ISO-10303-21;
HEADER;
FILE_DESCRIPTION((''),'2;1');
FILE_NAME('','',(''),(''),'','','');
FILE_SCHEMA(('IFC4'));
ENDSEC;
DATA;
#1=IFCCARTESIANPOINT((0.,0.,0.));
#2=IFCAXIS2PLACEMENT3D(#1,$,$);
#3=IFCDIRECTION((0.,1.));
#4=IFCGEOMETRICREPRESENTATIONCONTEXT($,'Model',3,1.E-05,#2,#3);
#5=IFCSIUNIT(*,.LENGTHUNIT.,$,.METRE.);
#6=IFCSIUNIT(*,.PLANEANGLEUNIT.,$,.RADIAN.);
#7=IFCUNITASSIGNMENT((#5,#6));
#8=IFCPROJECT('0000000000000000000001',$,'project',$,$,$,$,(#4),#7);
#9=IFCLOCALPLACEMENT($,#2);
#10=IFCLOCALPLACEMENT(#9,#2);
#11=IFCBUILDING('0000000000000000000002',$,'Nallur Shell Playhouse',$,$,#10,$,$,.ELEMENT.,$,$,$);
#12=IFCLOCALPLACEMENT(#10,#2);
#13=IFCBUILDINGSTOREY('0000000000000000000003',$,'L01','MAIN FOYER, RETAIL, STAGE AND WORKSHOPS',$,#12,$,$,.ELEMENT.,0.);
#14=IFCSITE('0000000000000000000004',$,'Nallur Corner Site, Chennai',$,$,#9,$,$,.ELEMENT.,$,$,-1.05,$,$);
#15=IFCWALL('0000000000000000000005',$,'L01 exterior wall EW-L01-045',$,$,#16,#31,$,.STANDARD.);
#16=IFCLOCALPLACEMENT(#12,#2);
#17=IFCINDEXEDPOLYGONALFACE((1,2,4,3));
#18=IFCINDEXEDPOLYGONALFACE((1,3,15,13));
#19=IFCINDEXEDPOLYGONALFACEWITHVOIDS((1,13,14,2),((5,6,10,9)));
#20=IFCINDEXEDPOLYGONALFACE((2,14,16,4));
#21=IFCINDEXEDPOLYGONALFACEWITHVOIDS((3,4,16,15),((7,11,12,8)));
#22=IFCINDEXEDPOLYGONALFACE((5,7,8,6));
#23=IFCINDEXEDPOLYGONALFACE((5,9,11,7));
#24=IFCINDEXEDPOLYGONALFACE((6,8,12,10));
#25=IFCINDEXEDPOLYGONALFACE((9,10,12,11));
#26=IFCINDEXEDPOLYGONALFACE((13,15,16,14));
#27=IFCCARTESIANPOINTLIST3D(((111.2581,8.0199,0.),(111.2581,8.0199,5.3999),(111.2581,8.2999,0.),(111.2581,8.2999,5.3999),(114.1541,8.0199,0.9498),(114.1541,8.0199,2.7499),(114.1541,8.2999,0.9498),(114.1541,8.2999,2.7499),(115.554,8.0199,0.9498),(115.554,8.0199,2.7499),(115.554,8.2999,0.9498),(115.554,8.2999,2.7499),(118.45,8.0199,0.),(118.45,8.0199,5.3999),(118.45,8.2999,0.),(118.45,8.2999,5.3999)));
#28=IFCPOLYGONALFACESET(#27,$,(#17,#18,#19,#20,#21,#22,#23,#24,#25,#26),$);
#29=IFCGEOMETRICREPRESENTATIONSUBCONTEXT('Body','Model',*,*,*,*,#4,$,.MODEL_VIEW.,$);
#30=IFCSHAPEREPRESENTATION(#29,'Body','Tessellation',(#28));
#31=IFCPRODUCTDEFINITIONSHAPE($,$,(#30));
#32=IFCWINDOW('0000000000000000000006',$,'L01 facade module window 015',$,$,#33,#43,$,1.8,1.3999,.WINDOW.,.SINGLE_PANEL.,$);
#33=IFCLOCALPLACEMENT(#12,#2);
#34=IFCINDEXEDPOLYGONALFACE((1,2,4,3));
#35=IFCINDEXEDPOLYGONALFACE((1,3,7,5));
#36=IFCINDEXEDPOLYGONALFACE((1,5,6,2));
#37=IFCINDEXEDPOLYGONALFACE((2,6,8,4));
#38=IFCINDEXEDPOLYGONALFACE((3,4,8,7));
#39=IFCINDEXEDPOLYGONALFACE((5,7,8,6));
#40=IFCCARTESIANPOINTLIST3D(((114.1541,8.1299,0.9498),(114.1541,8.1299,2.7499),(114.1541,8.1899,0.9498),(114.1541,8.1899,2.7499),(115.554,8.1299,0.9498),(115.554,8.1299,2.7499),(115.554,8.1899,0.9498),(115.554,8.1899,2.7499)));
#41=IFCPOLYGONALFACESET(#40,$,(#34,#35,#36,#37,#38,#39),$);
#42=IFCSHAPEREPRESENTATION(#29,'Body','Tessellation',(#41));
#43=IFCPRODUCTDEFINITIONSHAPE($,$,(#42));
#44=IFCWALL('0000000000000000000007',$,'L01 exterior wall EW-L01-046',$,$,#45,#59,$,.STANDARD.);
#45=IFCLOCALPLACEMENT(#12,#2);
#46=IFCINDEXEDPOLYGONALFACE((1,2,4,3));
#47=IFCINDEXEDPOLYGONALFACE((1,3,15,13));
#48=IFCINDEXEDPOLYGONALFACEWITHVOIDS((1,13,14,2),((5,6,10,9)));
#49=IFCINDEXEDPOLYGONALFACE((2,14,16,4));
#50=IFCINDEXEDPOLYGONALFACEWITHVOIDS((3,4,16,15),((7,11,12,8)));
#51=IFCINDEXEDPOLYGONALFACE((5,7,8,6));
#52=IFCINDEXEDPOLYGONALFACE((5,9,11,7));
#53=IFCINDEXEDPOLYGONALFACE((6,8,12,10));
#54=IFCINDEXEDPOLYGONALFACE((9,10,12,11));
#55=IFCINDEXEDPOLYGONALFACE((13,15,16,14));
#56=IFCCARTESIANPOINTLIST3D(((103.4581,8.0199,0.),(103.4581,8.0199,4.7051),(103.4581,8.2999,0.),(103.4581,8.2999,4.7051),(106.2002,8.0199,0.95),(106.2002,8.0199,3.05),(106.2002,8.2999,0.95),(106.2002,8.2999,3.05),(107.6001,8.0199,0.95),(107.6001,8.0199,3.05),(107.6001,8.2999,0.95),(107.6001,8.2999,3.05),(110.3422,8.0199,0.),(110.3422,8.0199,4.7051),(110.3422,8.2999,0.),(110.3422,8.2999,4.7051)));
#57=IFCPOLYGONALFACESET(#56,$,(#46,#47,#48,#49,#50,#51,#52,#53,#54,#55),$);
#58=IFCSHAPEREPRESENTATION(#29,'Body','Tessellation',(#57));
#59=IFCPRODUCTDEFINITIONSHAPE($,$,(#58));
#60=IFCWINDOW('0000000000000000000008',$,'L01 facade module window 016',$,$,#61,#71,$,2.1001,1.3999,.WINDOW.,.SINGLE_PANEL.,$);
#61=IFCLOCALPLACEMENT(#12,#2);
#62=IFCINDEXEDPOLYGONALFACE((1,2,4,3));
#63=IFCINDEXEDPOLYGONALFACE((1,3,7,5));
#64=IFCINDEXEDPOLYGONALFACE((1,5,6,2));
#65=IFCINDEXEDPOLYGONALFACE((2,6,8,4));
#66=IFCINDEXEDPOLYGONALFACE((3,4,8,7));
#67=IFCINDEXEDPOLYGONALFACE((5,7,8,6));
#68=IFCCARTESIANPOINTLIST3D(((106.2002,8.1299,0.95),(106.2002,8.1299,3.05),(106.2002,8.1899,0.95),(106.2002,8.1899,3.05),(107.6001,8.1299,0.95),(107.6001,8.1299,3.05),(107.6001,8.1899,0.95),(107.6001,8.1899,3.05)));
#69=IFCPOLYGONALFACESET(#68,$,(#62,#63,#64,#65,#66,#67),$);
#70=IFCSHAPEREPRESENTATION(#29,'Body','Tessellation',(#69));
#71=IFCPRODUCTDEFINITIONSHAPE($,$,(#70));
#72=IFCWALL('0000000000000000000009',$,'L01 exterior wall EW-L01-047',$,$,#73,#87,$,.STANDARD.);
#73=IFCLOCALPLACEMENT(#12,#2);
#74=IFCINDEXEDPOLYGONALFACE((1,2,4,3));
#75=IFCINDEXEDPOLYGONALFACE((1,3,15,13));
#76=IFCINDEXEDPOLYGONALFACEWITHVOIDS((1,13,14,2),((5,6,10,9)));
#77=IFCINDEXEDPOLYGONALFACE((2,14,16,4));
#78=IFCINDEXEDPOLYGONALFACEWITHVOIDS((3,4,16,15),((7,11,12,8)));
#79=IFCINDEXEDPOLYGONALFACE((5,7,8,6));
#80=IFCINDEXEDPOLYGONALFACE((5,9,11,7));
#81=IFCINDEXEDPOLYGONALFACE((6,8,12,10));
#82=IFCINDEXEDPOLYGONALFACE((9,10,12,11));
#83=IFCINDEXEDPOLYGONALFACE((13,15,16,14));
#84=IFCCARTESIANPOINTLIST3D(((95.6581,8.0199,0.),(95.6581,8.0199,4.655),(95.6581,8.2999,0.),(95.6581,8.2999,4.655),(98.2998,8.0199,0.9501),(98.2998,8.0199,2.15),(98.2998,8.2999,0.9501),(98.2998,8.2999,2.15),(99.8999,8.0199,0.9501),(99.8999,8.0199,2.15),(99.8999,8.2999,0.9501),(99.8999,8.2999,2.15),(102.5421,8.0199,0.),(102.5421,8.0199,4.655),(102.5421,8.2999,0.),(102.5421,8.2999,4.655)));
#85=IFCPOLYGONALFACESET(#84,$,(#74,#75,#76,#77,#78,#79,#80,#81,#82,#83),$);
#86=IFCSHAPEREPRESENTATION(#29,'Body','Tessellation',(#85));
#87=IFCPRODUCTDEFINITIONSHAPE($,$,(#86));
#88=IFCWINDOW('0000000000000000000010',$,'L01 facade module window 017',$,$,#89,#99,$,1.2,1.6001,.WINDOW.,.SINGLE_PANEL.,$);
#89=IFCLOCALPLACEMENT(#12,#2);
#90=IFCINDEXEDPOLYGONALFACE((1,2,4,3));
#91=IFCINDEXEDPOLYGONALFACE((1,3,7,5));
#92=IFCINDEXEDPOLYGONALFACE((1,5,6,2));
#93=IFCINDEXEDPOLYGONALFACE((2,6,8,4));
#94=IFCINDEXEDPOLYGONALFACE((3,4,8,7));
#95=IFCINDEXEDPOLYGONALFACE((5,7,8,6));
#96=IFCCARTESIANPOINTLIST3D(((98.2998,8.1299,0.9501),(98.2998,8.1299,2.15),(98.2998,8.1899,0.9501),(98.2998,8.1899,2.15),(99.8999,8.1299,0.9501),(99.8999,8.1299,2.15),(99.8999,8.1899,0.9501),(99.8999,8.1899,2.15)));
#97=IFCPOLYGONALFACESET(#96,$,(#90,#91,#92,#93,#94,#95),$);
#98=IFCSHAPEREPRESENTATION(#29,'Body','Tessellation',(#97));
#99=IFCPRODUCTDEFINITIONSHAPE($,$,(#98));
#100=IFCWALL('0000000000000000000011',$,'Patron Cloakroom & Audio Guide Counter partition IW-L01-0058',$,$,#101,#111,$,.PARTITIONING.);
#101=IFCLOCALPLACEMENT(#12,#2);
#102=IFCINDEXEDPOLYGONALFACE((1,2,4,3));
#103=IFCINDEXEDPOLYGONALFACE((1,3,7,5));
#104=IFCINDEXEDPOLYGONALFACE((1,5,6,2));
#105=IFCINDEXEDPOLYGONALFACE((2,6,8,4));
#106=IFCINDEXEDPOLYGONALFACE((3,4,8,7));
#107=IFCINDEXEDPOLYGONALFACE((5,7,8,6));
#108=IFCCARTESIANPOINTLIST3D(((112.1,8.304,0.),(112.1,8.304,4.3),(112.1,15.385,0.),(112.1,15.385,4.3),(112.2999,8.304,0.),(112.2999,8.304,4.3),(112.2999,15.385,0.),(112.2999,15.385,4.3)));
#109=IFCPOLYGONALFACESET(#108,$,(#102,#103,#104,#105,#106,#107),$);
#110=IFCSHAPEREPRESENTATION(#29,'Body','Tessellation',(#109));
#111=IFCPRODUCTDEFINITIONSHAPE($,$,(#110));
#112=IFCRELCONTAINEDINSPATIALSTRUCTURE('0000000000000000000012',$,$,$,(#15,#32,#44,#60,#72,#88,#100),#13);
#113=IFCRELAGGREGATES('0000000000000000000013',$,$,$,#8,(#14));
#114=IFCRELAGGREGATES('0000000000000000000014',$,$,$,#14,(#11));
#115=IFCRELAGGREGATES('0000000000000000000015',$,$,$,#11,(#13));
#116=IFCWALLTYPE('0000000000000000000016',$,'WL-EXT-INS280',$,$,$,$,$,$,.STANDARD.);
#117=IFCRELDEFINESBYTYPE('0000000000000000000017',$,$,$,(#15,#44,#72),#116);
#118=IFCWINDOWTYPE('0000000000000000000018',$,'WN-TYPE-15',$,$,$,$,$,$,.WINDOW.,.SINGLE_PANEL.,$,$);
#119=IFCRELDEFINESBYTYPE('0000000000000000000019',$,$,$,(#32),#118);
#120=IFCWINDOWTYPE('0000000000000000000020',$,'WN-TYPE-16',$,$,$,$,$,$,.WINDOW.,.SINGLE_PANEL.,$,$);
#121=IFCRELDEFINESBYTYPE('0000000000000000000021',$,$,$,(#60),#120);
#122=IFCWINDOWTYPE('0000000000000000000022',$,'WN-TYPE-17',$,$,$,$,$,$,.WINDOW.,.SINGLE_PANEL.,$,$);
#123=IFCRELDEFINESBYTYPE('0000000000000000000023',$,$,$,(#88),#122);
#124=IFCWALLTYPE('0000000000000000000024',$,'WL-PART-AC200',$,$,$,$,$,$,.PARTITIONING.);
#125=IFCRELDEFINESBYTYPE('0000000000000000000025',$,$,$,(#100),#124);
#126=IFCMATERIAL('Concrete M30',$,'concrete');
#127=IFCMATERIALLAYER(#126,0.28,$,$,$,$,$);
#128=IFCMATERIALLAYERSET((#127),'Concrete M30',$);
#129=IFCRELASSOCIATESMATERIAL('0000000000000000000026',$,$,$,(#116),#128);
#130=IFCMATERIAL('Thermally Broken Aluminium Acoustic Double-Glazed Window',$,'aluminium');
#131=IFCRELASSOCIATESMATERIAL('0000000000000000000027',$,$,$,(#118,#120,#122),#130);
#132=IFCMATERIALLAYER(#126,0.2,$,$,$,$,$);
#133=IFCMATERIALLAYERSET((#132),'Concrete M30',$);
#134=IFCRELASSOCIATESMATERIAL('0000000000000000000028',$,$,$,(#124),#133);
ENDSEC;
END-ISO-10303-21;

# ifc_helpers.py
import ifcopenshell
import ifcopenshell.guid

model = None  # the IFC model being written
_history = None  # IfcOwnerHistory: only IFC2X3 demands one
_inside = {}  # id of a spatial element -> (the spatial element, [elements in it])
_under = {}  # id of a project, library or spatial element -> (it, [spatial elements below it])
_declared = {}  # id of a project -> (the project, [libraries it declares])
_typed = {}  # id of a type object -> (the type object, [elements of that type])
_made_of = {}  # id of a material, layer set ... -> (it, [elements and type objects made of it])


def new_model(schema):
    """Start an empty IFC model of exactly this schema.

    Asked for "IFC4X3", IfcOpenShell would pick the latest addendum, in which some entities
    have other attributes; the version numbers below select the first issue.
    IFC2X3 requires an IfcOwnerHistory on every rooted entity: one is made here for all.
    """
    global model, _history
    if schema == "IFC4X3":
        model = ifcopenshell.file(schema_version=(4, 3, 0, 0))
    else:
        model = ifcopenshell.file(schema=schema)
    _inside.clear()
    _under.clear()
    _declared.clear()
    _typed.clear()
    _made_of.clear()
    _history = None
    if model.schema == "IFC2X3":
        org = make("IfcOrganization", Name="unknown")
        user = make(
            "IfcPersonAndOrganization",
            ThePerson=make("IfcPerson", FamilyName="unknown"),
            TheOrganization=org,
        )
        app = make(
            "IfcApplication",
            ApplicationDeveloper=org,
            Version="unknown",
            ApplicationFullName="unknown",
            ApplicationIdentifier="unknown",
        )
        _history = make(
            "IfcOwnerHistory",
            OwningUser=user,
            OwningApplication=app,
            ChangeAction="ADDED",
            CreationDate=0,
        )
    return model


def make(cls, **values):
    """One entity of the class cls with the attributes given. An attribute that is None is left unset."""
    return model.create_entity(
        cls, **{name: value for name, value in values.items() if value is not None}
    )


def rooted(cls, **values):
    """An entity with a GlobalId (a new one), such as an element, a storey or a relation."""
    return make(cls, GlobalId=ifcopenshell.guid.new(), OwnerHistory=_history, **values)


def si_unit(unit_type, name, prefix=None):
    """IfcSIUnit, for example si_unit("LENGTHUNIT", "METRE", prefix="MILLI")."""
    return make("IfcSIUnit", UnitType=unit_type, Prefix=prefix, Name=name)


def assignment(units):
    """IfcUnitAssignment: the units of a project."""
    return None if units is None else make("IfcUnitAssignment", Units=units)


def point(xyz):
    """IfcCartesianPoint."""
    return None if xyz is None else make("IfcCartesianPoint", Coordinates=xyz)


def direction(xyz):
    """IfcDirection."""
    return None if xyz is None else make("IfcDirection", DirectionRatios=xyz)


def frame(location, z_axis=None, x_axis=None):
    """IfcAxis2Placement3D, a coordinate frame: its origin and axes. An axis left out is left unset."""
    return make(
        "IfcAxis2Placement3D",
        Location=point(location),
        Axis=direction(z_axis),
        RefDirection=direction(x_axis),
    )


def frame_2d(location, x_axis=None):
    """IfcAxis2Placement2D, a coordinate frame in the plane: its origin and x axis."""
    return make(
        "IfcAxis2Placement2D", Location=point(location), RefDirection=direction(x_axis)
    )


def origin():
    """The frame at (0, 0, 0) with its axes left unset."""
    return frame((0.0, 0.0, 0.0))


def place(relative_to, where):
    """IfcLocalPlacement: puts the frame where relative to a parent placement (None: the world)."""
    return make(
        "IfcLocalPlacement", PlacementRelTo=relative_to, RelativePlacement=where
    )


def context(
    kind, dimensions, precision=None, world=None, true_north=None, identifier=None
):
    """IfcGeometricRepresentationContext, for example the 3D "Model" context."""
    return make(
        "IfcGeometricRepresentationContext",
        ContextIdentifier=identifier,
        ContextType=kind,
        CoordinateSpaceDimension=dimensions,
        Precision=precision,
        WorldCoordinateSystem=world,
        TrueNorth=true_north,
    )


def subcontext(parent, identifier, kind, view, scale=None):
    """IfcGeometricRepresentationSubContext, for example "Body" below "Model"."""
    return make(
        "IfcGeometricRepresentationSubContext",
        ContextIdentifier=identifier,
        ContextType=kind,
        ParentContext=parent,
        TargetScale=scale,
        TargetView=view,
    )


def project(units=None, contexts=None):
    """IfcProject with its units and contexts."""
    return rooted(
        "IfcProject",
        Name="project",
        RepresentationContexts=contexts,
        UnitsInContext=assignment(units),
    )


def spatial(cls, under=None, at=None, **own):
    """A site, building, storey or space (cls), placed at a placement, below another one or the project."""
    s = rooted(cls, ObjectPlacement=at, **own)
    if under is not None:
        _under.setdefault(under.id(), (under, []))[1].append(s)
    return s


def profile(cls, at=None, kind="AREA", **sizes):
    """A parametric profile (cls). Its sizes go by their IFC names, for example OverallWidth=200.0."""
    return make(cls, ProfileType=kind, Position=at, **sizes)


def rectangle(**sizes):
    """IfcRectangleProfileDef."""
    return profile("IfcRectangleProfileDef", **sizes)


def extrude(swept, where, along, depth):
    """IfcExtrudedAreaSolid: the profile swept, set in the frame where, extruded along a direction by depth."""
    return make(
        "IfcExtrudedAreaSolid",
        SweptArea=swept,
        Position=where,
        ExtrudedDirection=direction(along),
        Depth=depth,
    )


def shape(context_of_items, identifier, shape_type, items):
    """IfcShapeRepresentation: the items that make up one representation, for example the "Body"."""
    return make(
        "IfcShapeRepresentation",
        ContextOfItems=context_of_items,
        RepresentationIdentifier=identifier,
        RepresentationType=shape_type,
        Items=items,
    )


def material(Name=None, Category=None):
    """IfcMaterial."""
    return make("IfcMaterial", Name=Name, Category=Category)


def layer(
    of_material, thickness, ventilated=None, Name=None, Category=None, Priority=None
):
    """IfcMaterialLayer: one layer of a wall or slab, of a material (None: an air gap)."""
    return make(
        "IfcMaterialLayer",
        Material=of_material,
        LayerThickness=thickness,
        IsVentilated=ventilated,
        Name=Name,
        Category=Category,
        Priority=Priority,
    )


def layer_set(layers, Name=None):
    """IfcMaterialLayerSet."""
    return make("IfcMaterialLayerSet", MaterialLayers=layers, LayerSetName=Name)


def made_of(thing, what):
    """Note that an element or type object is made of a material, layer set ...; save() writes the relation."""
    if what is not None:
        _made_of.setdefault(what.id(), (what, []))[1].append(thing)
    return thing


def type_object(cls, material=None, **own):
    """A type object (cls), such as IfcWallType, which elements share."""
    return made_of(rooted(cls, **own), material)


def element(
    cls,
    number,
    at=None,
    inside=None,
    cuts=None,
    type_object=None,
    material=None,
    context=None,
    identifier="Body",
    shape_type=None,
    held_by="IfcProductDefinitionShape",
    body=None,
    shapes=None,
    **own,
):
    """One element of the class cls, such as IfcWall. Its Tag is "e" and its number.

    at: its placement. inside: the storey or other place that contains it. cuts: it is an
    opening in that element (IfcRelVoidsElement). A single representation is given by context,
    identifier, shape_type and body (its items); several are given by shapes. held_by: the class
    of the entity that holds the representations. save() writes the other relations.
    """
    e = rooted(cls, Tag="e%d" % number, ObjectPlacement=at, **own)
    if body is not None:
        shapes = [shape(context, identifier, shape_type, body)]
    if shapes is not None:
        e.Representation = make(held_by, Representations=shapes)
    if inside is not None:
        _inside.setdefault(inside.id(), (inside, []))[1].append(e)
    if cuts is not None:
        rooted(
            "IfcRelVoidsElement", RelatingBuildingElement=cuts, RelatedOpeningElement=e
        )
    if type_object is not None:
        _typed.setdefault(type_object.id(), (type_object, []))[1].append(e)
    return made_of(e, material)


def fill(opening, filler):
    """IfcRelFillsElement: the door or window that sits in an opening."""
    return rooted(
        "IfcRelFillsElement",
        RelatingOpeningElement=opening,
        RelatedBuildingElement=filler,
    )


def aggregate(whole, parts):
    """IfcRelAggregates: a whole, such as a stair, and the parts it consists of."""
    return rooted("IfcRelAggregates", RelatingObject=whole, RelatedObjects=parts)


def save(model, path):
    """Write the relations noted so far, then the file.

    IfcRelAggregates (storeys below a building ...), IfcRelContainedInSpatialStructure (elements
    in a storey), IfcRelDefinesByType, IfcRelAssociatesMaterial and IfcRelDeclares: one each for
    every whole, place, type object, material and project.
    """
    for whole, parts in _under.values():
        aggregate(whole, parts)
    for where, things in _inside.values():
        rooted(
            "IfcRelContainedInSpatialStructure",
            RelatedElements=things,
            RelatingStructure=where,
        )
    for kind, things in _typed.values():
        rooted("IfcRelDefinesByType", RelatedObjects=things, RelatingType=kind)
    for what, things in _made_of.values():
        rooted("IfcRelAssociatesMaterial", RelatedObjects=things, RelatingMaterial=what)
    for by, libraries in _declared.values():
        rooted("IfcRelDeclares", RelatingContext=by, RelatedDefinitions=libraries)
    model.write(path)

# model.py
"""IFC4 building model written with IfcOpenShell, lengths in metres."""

from ifc_helpers import new_model, si_unit, direction, frame, frame_2d, origin, place, context, subcontext, project, spatial, rectangle, extrude, material, layer, layer_set, type_object, element, fill, save


model = new_model("IFC4")

# Units and contexts
model_context = context("Model", 3, precision=1e-05, world=origin(), true_north=direction((0.0, 1.0)))
body_context = subcontext(model_context, "Body", "Model", "MODEL_VIEW")
ifc_project = project(units=[si_unit("LENGTHUNIT", "METRE"), si_unit("PLANEANGLEUNIT", "RADIAN")], contexts=[model_context])

# Site, building, storey
site_placement = place(None, origin())
site = spatial("IfcSite", under=ifc_project, at=site_placement, Name="Nallur Corner Site, Chennai", CompositionType="ELEMENT", RefElevation=-1.05)
building_placement = place(site_placement, origin())
building = spatial("IfcBuilding", under=site, at=building_placement, Name="Nallur Shell Playhouse", CompositionType="ELEMENT")
storey_placement = place(building_placement, origin())
storey = spatial("IfcBuildingStorey", under=building, at=storey_placement, Name="L01", Description="MAIN FOYER, RETAIL, STAGE AND WORKSHOPS", CompositionType="ELEMENT", Elevation=0.0)

# Shared definitions
ifc_material_1 = material(Name="Concrete M30", Category="concrete")

# Walls, openings, windows
ifc_layer_1 = layer(ifc_material_1, 0.28)
ifc_layer_set_1 = layer_set([ifc_layer_1], Name="Concrete M30")
wall_type_1 = type_object("IfcWallType", Name="WL-EXT-INS280", PredefinedType="STANDARD", material=ifc_layer_set_1)
wall_1_placement = place(storey_placement, frame((118.45, 8.1599, 0.0), z_axis=(0.0, 0.0, 1.0), x_axis=(-1.0, 0.0, 0.0)))
wall_1 = element("IfcWall", 1, at=wall_1_placement, inside=storey, type_object=wall_type_1, Name="L01 exterior wall EW-L01-045", PredefinedType="STANDARD", context=body_context, shape_type="SweptSolid", body=[
    extrude(rectangle(XDim=7.1919, YDim=0.28, at=frame_2d((3.5959, 0.0))), origin(), (0.0, 0.0, 1.0), 5.3999),
])
opening_1_placement = place(wall_1_placement, frame((2.896, 0.0, 0.95)))
opening_1 = element("IfcOpeningElement", 2, at=opening_1_placement, cuts=wall_1, PredefinedType="OPENING", context=body_context, shape_type="SweptSolid", body=[
    extrude(rectangle(XDim=1.3999, YDim=1.8, at=frame_2d((0.7, 0.8999))), frame((0.0, 0.1499, 0.0), z_axis=(0.0, -1.0, 0.0), x_axis=(1.0, 0.0, 0.0)), (0.0, 0.0, 1.0), 0.3),
])
ifc_material_2 = material(Name="Thermally Broken Aluminium Acoustic Double-Glazed Window", Category="aluminium")
window_type_1 = type_object("IfcWindowType", Name="WN-TYPE-15", PartitioningType="SINGLE_PANEL", PredefinedType="WINDOW", material=ifc_material_2)
window_1_placement = place(opening_1_placement, origin())
window_1 = element("IfcWindow", 3, at=window_1_placement, inside=storey, type_object=window_type_1, Name="L01 facade module window 015", OverallHeight=1.8, OverallWidth=1.3999, PartitioningType="SINGLE_PANEL", PredefinedType="WINDOW", context=body_context, shape_type="SweptSolid", body=[
    extrude(rectangle(XDim=1.3999, YDim=1.8, at=frame_2d((0.7, 0.8999))), frame((0.0, 0.03, 0.0), z_axis=(0.0, -1.0, 0.0), x_axis=(1.0, 0.0, 0.0)), (0.0, 0.0, 1.0), 0.0601),
])
fill(opening_1, window_1)
wall_2_placement = place(storey_placement, frame((110.342, 8.1599, 0.0), z_axis=(0.0, 0.0, 1.0), x_axis=(-1.0, 0.0, 0.0)))
wall_2 = element("IfcWall", 4, at=wall_2_placement, inside=storey, type_object=wall_type_1, Name="L01 exterior wall EW-L01-046", PredefinedType="STANDARD", context=body_context, shape_type="SweptSolid", body=[
    extrude(rectangle(XDim=6.884, YDim=0.28, at=frame_2d((3.4419, 0.0))), origin(), (0.0, 0.0, 1.0), 4.7051),
])
opening_2_placement = place(wall_2_placement, frame((2.7419, 0.0, 0.95)))
opening_2 = element("IfcOpeningElement", 5, at=opening_2_placement, cuts=wall_2, PredefinedType="OPENING", context=body_context, shape_type="SweptSolid", body=[
    extrude(rectangle(XDim=1.3999, YDim=2.1001, at=frame_2d((0.7, 1.05))), frame((0.0, 0.1499, 0.0), z_axis=(0.0, -1.0, 0.0), x_axis=(1.0, 0.0, 0.0)), (0.0, 0.0, 1.0), 0.3),
])
window_type_2 = type_object("IfcWindowType", Name="WN-TYPE-16", PartitioningType="SINGLE_PANEL", PredefinedType="WINDOW", material=ifc_material_2)
window_2_placement = place(opening_2_placement, origin())
window_2 = element("IfcWindow", 6, at=window_2_placement, inside=storey, type_object=window_type_2, Name="L01 facade module window 016", OverallHeight=2.1001, OverallWidth=1.3999, PartitioningType="SINGLE_PANEL", PredefinedType="WINDOW", context=body_context, shape_type="SweptSolid", body=[
    extrude(rectangle(XDim=1.3999, YDim=2.1001, at=frame_2d((0.7, 1.05))), frame((0.0, 0.03, 0.0), z_axis=(0.0, -1.0, 0.0), x_axis=(1.0, 0.0, 0.0)), (0.0, 0.0, 1.0), 0.0601),
])
fill(opening_2, window_2)
wall_3_placement = place(storey_placement, frame((102.542, 8.1599, 0.0), z_axis=(0.0, 0.0, 1.0), x_axis=(-1.0, 0.0, 0.0)))
wall_3 = element("IfcWall", 7, at=wall_3_placement, inside=storey, type_object=wall_type_1, Name="L01 exterior wall EW-L01-047", PredefinedType="STANDARD", context=body_context, shape_type="SweptSolid", body=[
    extrude(rectangle(XDim=6.884, YDim=0.28, at=frame_2d((3.4419, 0.0))), origin(), (0.0, 0.0, 1.0), 4.655),
])
opening_3_placement = place(wall_3_placement, frame((2.6421, 0.0, 0.95)))
opening_3 = element("IfcOpeningElement", 8, at=opening_3_placement, cuts=wall_3, PredefinedType="OPENING", context=body_context, shape_type="SweptSolid", body=[
    extrude(rectangle(XDim=1.6001, YDim=1.2, at=frame_2d((0.8, 0.6001))), frame((0.0, 0.1499, 0.0), z_axis=(0.0, -1.0, 0.0), x_axis=(1.0, 0.0, 0.0)), (0.0, 0.0, 1.0), 0.3),
])
window_type_3 = type_object("IfcWindowType", Name="WN-TYPE-17", PartitioningType="SINGLE_PANEL", PredefinedType="WINDOW", material=ifc_material_2)
window_3_placement = place(opening_3_placement, origin())
window_3 = element("IfcWindow", 9, at=window_3_placement, inside=storey, type_object=window_type_3, Name="L01 facade module window 017", OverallHeight=1.2, OverallWidth=1.6001, PartitioningType="SINGLE_PANEL", PredefinedType="WINDOW", context=body_context, shape_type="SweptSolid", body=[
    extrude(rectangle(XDim=1.6001, YDim=1.2, at=frame_2d((0.8, 0.6001))), frame((0.0, 0.03, 0.0), z_axis=(0.0, -1.0, 0.0), x_axis=(1.0, 0.0, 0.0)), (0.0, 0.0, 1.0), 0.0601),
])
fill(opening_3, window_3)

# Wall
ifc_layer_2 = layer(ifc_material_1, 0.2)
ifc_layer_set_2 = layer_set([ifc_layer_2], Name="Concrete M30")
wall_type_2 = type_object("IfcWallType", Name="WL-PART-AC200", PredefinedType="PARTITIONING", material=ifc_layer_set_2)
wall_4_placement = place(storey_placement, frame((112.2, 15.385, 0.0), z_axis=(0.0, 0.0, 1.0), x_axis=(0.0, -1.0, 0.0)))
element("IfcWall", 10, at=wall_4_placement, inside=storey, type_object=wall_type_2, Name="Patron Cloakroom & Audio Guide Counter partition IW-L01-0058", PredefinedType="PARTITIONING", context=body_context, shape_type="SweptSolid", body=[
    extrude(rectangle(XDim=7.0811, YDim=0.2, at=frame_2d((3.5405, 0.0))), origin(), (0.0, 0.0, 1.0), 4.3),
])

save(model, "model.ifc")
